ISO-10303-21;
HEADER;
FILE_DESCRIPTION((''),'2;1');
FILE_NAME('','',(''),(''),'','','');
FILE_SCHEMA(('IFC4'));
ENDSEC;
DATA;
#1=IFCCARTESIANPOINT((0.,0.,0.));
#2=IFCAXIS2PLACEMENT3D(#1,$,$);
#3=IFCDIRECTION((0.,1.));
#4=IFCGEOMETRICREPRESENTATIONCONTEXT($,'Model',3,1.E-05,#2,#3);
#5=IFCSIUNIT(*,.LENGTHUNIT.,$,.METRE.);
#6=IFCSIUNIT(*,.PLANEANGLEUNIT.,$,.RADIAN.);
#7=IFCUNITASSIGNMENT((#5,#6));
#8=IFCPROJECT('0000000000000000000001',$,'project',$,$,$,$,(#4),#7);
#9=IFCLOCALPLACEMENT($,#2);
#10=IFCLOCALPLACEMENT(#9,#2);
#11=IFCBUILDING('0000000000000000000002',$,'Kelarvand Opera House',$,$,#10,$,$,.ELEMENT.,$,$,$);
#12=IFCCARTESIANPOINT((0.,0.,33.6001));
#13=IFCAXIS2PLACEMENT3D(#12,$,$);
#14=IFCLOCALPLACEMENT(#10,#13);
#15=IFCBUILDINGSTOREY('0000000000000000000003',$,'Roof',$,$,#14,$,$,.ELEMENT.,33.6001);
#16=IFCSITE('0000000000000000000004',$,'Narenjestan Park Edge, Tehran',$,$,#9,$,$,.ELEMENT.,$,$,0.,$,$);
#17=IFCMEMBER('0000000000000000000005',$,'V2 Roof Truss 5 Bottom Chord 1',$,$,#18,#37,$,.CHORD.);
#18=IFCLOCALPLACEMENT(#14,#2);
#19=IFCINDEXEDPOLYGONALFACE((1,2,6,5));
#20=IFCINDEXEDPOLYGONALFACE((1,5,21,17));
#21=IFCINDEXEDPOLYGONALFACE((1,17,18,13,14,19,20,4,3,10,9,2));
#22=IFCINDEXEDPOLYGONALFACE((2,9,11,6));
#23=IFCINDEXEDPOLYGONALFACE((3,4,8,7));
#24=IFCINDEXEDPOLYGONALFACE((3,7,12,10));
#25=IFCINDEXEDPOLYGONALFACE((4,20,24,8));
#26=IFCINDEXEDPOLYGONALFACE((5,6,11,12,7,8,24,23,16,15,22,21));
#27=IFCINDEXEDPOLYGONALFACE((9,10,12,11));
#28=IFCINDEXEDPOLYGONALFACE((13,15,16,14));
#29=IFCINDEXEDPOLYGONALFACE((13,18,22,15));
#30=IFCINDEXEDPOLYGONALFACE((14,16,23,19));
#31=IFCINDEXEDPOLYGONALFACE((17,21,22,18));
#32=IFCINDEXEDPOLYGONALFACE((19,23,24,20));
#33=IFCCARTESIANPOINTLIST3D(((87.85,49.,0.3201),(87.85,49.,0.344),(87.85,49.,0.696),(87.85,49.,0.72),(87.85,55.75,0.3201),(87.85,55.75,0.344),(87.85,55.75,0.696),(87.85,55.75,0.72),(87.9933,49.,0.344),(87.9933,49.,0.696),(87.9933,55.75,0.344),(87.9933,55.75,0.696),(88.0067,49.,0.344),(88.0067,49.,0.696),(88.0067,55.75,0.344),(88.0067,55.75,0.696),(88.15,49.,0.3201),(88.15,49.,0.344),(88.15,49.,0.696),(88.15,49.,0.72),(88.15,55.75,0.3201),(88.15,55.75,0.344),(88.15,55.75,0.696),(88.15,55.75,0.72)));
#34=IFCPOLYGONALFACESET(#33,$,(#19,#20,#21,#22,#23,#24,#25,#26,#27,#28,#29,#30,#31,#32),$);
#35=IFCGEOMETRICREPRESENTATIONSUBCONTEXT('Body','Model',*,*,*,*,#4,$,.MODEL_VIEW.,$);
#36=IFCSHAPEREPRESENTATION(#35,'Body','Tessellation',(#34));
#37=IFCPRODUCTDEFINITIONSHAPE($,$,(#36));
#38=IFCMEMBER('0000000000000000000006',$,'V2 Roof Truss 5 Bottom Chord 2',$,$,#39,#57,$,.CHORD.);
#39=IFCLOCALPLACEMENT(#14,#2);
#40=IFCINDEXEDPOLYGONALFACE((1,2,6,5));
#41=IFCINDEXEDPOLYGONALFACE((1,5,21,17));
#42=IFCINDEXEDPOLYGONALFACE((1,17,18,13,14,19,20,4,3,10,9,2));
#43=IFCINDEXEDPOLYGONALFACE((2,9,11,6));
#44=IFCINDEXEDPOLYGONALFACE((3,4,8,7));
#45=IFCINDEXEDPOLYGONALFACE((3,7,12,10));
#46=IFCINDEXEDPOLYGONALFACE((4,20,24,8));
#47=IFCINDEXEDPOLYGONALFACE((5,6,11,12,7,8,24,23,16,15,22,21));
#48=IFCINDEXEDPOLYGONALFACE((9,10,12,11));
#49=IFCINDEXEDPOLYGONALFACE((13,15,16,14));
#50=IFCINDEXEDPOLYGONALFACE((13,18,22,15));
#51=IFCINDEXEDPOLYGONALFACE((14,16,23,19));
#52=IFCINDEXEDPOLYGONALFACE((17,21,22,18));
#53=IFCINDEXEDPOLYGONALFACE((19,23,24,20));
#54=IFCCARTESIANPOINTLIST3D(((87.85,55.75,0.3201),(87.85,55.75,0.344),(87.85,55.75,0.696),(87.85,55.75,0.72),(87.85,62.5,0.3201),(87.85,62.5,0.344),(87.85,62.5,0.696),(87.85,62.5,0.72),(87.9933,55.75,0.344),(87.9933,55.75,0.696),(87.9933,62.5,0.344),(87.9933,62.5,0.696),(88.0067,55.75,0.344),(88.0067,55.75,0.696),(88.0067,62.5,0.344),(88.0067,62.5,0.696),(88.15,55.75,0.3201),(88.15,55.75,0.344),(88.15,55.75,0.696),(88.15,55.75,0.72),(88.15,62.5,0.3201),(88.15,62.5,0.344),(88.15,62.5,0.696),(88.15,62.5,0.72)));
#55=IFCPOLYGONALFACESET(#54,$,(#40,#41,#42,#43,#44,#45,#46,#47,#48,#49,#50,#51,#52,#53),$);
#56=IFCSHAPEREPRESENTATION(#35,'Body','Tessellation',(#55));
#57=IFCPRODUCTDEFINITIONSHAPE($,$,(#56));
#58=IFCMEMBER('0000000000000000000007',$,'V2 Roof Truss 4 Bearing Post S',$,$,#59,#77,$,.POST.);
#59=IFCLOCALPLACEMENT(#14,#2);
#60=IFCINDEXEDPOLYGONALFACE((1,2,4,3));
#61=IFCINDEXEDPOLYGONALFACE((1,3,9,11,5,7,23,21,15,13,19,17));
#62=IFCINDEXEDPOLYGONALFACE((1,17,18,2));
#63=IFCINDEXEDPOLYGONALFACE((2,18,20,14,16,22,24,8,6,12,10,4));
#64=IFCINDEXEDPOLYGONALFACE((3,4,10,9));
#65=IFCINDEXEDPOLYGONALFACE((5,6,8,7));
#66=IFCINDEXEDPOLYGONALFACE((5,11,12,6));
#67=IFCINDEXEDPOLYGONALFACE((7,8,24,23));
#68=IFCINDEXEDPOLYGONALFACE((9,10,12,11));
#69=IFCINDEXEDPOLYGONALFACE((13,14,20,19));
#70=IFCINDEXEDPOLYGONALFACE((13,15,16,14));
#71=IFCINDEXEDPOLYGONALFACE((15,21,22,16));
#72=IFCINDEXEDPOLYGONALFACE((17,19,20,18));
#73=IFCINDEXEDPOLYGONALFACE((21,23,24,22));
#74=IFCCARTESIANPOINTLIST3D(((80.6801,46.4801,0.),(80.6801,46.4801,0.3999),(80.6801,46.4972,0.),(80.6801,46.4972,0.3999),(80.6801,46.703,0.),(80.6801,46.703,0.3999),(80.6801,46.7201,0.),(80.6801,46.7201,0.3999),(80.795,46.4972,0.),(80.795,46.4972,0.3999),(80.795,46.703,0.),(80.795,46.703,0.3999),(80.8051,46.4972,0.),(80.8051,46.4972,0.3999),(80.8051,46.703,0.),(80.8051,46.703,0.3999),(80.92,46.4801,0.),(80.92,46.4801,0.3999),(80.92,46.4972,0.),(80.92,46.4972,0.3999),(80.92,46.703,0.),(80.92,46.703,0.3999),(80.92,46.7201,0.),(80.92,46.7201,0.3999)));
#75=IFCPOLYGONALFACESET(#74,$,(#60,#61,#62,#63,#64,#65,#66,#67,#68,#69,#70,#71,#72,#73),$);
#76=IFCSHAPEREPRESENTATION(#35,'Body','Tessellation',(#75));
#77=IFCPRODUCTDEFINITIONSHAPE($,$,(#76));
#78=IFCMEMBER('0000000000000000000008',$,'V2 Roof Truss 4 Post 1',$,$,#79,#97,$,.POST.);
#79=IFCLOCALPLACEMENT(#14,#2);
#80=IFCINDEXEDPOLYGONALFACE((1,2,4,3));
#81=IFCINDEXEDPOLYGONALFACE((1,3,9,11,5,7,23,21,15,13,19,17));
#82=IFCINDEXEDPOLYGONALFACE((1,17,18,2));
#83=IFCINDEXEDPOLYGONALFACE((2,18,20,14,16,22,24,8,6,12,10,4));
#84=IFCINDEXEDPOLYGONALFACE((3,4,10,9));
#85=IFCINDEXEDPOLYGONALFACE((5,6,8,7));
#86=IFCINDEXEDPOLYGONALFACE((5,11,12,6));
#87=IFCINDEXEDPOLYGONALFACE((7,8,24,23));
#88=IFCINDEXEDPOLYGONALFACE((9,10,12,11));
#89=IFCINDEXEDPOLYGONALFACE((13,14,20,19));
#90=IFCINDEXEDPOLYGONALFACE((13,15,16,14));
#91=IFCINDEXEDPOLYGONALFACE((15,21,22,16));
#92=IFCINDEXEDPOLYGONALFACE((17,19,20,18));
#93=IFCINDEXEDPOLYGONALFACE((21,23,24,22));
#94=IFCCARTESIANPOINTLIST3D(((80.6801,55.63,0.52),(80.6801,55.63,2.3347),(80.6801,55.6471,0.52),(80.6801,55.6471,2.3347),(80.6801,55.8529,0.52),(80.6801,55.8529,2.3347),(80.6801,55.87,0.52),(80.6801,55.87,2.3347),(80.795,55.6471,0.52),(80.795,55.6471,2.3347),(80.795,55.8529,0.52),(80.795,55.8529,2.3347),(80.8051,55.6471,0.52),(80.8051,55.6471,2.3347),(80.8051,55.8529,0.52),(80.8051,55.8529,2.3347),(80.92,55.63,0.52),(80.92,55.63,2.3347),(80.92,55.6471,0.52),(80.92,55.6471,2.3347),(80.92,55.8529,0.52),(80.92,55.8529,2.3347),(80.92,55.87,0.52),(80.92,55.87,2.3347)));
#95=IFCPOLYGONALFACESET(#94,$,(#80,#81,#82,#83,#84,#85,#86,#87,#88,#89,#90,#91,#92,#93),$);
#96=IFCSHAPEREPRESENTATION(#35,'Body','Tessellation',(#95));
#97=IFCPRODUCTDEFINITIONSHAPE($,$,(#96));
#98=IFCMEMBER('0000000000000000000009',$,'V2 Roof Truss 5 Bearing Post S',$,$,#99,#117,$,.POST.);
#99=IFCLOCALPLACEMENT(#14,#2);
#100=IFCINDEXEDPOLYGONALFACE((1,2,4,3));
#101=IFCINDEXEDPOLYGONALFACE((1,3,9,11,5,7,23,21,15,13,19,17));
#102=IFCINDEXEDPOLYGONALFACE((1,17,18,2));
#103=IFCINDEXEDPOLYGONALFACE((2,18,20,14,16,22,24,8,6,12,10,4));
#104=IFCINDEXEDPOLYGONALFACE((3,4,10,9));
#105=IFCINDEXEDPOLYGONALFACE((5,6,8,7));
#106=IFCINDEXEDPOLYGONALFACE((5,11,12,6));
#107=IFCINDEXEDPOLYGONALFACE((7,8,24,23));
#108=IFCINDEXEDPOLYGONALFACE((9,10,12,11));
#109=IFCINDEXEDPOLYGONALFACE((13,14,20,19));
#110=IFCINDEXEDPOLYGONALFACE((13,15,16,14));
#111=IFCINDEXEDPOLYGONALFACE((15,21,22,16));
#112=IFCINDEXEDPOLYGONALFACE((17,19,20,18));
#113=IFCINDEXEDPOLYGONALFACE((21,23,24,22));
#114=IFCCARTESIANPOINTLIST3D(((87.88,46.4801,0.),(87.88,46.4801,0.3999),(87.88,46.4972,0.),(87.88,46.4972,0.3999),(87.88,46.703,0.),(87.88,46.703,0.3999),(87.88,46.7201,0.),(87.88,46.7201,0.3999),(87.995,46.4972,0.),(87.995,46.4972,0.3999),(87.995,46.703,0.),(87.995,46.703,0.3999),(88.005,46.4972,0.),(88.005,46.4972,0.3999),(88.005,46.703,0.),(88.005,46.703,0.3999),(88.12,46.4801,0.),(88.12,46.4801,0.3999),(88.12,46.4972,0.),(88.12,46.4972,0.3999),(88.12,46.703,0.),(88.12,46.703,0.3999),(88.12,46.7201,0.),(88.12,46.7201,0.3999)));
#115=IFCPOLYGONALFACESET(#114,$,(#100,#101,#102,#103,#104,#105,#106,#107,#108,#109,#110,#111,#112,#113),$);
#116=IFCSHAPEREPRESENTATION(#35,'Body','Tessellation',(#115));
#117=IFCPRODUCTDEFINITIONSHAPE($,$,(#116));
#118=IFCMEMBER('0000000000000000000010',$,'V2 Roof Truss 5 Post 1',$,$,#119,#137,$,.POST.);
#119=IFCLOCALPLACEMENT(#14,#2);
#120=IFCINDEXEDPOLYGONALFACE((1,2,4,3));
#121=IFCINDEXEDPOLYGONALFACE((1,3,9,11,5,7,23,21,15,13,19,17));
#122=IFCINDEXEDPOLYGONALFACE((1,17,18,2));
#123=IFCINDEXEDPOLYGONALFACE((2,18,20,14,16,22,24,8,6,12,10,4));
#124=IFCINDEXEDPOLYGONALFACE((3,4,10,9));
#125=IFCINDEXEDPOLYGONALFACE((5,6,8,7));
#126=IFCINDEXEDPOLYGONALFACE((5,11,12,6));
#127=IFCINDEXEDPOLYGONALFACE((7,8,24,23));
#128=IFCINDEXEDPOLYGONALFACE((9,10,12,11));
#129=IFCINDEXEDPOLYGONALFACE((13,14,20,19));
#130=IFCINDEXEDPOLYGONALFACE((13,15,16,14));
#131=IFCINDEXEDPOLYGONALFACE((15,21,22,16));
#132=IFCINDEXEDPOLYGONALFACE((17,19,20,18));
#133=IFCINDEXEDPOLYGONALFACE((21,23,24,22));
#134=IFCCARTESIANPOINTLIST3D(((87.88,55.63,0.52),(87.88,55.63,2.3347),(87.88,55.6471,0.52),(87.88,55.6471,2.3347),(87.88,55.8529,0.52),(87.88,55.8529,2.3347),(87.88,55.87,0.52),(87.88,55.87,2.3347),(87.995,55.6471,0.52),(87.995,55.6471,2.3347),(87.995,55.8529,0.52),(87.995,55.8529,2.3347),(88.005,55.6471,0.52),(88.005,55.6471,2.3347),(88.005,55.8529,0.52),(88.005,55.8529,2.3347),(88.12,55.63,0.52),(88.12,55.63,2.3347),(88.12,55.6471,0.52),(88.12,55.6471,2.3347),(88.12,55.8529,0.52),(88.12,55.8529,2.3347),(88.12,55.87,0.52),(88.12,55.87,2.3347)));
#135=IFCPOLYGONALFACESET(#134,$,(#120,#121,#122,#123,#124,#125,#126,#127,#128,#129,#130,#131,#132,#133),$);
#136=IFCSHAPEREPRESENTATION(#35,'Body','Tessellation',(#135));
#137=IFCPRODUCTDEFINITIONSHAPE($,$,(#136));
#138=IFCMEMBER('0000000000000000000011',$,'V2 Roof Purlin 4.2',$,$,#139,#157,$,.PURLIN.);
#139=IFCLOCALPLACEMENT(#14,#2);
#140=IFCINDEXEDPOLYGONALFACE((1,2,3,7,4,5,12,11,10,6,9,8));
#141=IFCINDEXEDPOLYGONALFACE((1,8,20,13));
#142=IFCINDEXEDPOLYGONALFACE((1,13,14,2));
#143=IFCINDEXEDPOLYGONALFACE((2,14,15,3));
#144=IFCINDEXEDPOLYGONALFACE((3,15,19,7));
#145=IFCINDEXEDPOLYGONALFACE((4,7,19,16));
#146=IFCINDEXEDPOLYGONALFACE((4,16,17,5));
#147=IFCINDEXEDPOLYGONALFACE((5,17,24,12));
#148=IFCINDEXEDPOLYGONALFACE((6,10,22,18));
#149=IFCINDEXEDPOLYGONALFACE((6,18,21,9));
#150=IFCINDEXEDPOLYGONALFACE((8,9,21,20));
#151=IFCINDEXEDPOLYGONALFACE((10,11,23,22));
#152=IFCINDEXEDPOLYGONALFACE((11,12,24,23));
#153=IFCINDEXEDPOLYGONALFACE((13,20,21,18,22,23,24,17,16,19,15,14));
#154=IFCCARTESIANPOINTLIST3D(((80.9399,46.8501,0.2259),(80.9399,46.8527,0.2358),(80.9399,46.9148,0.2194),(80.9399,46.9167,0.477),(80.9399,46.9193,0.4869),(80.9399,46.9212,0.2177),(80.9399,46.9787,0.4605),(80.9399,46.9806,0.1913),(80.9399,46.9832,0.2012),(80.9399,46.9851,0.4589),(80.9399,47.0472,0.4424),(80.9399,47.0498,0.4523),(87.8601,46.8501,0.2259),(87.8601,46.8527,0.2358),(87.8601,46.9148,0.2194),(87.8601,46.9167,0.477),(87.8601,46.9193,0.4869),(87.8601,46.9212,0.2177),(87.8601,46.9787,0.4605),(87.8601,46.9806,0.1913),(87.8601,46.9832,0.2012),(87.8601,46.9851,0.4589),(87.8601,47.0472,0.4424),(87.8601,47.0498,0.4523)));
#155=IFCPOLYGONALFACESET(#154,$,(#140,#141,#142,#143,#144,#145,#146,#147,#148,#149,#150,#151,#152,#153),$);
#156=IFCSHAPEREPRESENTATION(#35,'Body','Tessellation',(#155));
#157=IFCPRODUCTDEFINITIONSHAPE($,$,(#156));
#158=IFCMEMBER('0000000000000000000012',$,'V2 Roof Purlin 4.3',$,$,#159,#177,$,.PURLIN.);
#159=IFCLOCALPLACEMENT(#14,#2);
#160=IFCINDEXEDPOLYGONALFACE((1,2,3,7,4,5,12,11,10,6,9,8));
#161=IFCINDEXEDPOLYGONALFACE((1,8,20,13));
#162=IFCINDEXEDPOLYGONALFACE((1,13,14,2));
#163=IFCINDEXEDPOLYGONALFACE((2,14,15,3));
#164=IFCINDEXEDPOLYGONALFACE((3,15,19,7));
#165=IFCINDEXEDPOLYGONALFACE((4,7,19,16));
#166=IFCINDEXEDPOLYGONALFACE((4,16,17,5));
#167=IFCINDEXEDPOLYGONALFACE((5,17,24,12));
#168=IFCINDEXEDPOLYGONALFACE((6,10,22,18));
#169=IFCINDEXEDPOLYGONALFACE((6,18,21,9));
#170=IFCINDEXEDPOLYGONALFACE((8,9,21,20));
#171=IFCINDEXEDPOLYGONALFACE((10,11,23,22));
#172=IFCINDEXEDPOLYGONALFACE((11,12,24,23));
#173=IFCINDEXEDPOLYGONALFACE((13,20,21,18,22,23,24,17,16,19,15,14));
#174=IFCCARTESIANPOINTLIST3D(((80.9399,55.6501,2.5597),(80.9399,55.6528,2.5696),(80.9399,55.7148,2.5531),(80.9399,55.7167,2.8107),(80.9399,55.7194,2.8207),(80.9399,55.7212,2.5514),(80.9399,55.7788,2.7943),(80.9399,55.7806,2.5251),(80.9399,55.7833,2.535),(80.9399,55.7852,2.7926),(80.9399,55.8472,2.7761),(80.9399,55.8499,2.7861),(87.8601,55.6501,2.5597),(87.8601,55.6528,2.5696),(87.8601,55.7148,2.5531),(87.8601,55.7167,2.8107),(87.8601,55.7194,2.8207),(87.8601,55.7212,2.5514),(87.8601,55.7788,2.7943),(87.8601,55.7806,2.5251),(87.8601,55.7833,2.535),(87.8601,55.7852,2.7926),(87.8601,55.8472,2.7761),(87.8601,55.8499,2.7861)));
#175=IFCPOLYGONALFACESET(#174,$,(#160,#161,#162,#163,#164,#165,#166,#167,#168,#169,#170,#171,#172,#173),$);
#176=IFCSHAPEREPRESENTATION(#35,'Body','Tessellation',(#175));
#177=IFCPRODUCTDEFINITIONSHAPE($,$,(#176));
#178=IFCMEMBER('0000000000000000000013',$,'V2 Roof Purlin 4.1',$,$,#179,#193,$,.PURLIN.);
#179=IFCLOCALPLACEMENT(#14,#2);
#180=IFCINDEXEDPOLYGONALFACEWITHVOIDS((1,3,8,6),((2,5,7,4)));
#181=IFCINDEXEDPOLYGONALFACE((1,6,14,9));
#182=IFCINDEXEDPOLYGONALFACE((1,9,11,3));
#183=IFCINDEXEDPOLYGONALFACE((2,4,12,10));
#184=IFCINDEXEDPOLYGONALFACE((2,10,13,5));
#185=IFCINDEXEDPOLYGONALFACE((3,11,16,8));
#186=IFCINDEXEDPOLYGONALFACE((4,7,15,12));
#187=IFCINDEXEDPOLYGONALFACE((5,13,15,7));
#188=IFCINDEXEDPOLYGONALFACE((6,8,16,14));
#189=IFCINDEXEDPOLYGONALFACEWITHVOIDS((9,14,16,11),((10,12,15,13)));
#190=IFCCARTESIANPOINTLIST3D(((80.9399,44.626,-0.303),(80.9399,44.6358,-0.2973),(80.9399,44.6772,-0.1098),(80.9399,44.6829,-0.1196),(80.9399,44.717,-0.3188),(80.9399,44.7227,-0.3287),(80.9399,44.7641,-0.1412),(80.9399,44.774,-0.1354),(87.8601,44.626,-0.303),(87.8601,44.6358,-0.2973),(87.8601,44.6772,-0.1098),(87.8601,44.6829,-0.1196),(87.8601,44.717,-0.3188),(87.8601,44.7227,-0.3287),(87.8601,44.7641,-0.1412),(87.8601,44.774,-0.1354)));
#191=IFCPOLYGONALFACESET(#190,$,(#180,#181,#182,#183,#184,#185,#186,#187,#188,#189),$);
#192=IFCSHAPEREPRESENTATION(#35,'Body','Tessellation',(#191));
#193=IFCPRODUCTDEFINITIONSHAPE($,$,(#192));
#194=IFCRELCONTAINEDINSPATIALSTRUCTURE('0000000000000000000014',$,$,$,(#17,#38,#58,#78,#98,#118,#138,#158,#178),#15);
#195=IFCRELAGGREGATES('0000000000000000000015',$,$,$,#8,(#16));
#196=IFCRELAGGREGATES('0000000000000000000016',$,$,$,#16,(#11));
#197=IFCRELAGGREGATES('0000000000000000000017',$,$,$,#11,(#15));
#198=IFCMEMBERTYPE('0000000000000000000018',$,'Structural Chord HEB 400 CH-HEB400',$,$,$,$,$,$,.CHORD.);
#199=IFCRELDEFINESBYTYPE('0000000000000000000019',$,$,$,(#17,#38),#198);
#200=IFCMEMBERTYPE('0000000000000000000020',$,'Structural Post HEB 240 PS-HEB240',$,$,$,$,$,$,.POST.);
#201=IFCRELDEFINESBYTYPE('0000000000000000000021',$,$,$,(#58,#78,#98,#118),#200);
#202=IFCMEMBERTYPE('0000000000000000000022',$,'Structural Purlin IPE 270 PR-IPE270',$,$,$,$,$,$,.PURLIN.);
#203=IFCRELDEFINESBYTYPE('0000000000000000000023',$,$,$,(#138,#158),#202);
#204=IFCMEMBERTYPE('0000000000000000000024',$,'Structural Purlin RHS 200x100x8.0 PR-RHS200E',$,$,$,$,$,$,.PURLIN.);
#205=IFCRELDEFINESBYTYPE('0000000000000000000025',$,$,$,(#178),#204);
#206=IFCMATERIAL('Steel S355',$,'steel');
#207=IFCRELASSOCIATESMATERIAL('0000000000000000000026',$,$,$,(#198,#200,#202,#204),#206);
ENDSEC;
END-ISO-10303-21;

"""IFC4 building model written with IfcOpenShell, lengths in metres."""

from ifc_helpers import new_model, si_unit, direction, frame, origin, origin_2d, place, context, subcontext, project, spatial, hollow_rectangle, i_section, extrude, material, material_profile, profile_set, type_object, element, save


model = new_model("IFC4")

# Units and contexts
model_context = context("Model", 3, precision=1e-05, world=origin(), true_north=direction((0.0, 1.0)))
body_context = subcontext(model_context, "Body", "Model", "MODEL_VIEW")
ifc_project = project(units=[si_unit("LENGTHUNIT", "METRE"), si_unit("PLANEANGLEUNIT", "RADIAN")], contexts=[model_context])

# Site, building, storey
site_placement = place(None, origin())
site = spatial("IfcSite", under=ifc_project, at=site_placement, Name="Narenjestan Park Edge, Tehran", CompositionType="ELEMENT", RefElevation=0.0)
building_placement = place(site_placement, origin())
building = spatial("IfcBuilding", under=site, at=building_placement, Name="Kelarvand Opera House", CompositionType="ELEMENT")
storey_placement = place(building_placement, frame((0.0, 0.0, 33.6001)))
storey = spatial("IfcBuildingStorey", under=building, at=storey_placement, Name="Roof", CompositionType="ELEMENT", Elevation=33.6001)

# Members
ifc_material = material(Name="Steel S355", Category="steel")
ifc_material_profile_1 = material_profile(ifc_material, i_section(OverallWidth=0.3, OverallDepth=0.3999, WebThickness=0.0134, FlangeThickness=0.0239, at=origin_2d()), Name="HEB 400", Category="steel")
ifc_profile_set_1 = profile_set([ifc_material_profile_1], Name="Steel S355")
member_type_1 = type_object("IfcMemberType", Name="Structural Chord HEB 400 CH-HEB400", PredefinedType="CHORD", material=ifc_profile_set_1)
for number, where, z_axis, x_axis, name in (
    (1, (88.0, 49.0, 0.52), (0.0, 1.0, 0.0), (-1.0, 0.0, 0.0), "V2 Roof Truss 5 Bottom Chord 1"),
    (2, (88.0, 55.75, 0.52), (0.0, 1.0, 0.0), (-1.0, 0.0, 0.0), "V2 Roof Truss 5 Bottom Chord 2"),
):
    element("IfcMember", number, at=place(storey_placement, frame(where, z_axis=z_axis, x_axis=x_axis)), inside=storey, type_object=member_type_1, Name=name, PredefinedType="CHORD", context=body_context, shape_type="SweptSolid", body=[
        extrude(i_section(OverallWidth=0.3, OverallDepth=0.3999, WebThickness=0.0134, FlangeThickness=0.0239, at=origin_2d()), origin(), (0.0, 0.0, 1.0), 6.75),
    ])
ifc_material_profile_2 = material_profile(ifc_material, i_section(OverallWidth=0.24, OverallDepth=0.24, WebThickness=0.01, FlangeThickness=0.0171, at=origin_2d()), Name="HEB 240", Category="steel")
ifc_profile_set_2 = profile_set([ifc_material_profile_2], Name="Steel S355")
member_type_2 = type_object("IfcMemberType", Name="Structural Post HEB 240 PS-HEB240", PredefinedType="POST", material=ifc_profile_set_2)
member_1_placement = place(storey_placement, frame((80.8, 46.6001, 0.0), z_axis=(0.0, 0.0, 1.0), x_axis=(1.0, 0.0, 0.0)))
element("IfcMember", 3, at=member_1_placement, inside=storey, type_object=member_type_2, Name="V2 Roof Truss 4 Bearing Post S", PredefinedType="POST", context=body_context, shape_type="SweptSolid", body=[
    extrude(i_section(OverallWidth=0.24, OverallDepth=0.24, WebThickness=0.01, FlangeThickness=0.0171, at=origin_2d()), origin(), (0.0, 0.0, 1.0), 0.3999),
])
member_2_placement = place(storey_placement, frame((80.8, 55.75, 0.52), z_axis=(0.0, 0.0, 1.0), x_axis=(1.0, 0.0, 0.0)))
element("IfcMember", 4, at=member_2_placement, inside=storey, type_object=member_type_2, Name="V2 Roof Truss 4 Post 1", PredefinedType="POST", context=body_context, shape_type="SweptSolid", body=[
    extrude(i_section(OverallWidth=0.24, OverallDepth=0.24, WebThickness=0.01, FlangeThickness=0.0171, at=origin_2d()), origin(), (0.0, 0.0, 1.0), 1.8147),
])
member_3_placement = place(storey_placement, frame((88.0, 46.6001, 0.0), z_axis=(0.0, 0.0, 1.0), x_axis=(1.0, 0.0, 0.0)))
element("IfcMember", 5, at=member_3_placement, inside=storey, type_object=member_type_2, Name="V2 Roof Truss 5 Bearing Post S", PredefinedType="POST", context=body_context, shape_type="SweptSolid", body=[
    extrude(i_section(OverallWidth=0.24, OverallDepth=0.24, WebThickness=0.01, FlangeThickness=0.0171, at=origin_2d()), origin(), (0.0, 0.0, 1.0), 0.3999),
])
member_4_placement = place(storey_placement, frame((88.0, 55.75, 0.52), z_axis=(0.0, 0.0, 1.0), x_axis=(1.0, 0.0, 0.0)))
element("IfcMember", 6, at=member_4_placement, inside=storey, type_object=member_type_2, Name="V2 Roof Truss 5 Post 1", PredefinedType="POST", context=body_context, shape_type="SweptSolid", body=[
    extrude(i_section(OverallWidth=0.24, OverallDepth=0.24, WebThickness=0.01, FlangeThickness=0.0171, at=origin_2d()), origin(), (0.0, 0.0, 1.0), 1.8147),
])
ifc_material_profile_3 = material_profile(ifc_material, i_section(OverallWidth=0.135, OverallDepth=0.27, WebThickness=0.0066, FlangeThickness=0.0103, at=origin_2d()), Name="IPE 270", Category="steel")
ifc_profile_set_3 = profile_set([ifc_material_profile_3], Name="Steel S355")
member_type_3 = type_object("IfcMemberType", Name="Structural Purlin IPE 270 PR-IPE270", PredefinedType="PURLIN", material=ifc_profile_set_3)
for number, where, z_axis, x_axis, name in (
    (7, (80.9399, 46.95, 0.3391), (1.0, 0.0, 0.0), (0.0, 0.9666, -0.256289), "V2 Roof Purlin 4.2"),
    (8, (80.9399, 55.75, 2.6729), (1.0, 0.0, 0.0), (0.0, 0.9666, -0.256289), "V2 Roof Purlin 4.3"),
):
    element("IfcMember", number, at=place(storey_placement, frame(where, z_axis=z_axis, x_axis=x_axis)), inside=storey, type_object=member_type_3, Name=name, PredefinedType="PURLIN", context=body_context, shape_type="SweptSolid", body=[
        extrude(i_section(OverallWidth=0.135, OverallDepth=0.27, WebThickness=0.0066, FlangeThickness=0.0103, at=origin_2d()), origin(), (0.0, 0.0, 1.0), 6.9202),
    ])
ifc_material_profile_4 = material_profile(ifc_material, hollow_rectangle(XDim=0.1001, YDim=0.2, WallThickness=0.0081, at=origin_2d()), Name="RHS 200x100x8.0", Category="steel")
ifc_profile_set_4 = profile_set([ifc_material_profile_4], Name="Steel S355")
member_type_4 = type_object("IfcMemberType", Name="Structural Purlin RHS 200x100x8.0 PR-RHS200E", PredefinedType="PURLIN", material=ifc_profile_set_4)
member_5_placement = place(storey_placement, frame((80.9399, 44.7, -0.2192), z_axis=(1.0, 0.0, 0.0), x_axis=(0.0, 0.9666, -0.256289)))
element("IfcMember", 9, at=member_5_placement, inside=storey, type_object=member_type_4, Name="V2 Roof Purlin 4.1", PredefinedType="PURLIN", context=body_context, shape_type="SweptSolid", body=[
    extrude(hollow_rectangle(XDim=0.1001, YDim=0.2, WallThickness=0.0081, at=origin_2d()), origin(), (0.0, 0.0, 1.0), 6.9202),
])

save(model, "model.ifc")
